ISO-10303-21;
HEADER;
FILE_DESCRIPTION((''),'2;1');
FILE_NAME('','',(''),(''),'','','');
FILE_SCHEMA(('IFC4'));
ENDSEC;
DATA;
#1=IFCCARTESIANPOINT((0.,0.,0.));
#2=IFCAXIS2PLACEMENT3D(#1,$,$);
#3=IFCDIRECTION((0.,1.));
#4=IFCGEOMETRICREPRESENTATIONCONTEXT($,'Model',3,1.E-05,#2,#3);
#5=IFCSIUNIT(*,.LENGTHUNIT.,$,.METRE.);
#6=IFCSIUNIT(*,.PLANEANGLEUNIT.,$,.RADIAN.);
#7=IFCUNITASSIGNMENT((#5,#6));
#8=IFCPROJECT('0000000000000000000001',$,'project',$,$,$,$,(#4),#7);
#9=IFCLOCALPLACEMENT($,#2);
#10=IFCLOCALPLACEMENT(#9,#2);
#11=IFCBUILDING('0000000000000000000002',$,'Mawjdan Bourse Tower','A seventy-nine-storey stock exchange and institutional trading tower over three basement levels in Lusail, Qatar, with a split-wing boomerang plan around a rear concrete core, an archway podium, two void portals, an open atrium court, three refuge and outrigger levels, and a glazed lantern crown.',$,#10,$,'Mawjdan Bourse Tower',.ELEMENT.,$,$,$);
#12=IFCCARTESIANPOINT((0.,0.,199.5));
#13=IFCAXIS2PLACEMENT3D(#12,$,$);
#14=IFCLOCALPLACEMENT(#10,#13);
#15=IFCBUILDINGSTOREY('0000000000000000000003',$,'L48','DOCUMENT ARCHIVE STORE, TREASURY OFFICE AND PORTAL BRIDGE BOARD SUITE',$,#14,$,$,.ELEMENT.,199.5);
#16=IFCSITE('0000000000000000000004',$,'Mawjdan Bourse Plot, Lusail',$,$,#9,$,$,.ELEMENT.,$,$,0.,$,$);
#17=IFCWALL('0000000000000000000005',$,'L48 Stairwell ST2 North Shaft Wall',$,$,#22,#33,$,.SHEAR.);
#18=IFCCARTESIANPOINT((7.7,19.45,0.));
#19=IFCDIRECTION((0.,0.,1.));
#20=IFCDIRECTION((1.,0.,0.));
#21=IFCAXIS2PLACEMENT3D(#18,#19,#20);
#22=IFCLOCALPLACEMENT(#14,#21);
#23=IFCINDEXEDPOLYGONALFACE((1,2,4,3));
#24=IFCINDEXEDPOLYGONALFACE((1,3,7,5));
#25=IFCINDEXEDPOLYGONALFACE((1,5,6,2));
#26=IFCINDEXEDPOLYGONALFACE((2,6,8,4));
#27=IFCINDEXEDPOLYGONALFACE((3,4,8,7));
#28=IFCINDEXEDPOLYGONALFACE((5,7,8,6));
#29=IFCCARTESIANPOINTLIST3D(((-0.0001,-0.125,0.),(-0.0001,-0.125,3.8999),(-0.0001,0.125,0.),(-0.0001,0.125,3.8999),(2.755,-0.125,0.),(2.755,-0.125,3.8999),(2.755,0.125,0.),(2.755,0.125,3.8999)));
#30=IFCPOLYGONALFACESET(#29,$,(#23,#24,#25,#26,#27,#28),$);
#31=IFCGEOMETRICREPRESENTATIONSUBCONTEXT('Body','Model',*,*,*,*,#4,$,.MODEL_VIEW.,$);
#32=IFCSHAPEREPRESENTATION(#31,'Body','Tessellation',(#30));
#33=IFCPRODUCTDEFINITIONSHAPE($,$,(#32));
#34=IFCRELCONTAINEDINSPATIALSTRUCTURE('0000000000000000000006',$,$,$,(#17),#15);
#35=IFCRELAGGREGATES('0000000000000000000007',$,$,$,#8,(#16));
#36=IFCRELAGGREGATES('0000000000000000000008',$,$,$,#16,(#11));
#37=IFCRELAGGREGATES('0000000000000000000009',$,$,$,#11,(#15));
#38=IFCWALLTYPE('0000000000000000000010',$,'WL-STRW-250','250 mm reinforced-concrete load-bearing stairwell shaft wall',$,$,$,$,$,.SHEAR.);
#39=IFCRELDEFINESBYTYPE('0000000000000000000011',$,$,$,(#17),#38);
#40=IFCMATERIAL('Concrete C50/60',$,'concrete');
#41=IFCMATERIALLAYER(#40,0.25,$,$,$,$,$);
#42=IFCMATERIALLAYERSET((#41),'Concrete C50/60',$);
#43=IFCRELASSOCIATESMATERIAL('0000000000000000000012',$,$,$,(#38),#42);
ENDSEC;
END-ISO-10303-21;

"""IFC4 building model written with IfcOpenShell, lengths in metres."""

from ifc_helpers import new_model, si_unit, direction, frame, frame_2d, origin, place, context, subcontext, project, spatial, rectangle, extrude, material, layer, layer_set, type_object, element, save


model = new_model("IFC4")

# Units and contexts
model_context = context("Model", 3, precision=1e-05, world=origin(), true_north=direction((0.0, 1.0)))
body_context = subcontext(model_context, "Body", "Model", "MODEL_VIEW")
ifc_project = project(units=[si_unit("LENGTHUNIT", "METRE"), si_unit("PLANEANGLEUNIT", "RADIAN")], contexts=[model_context])

# Site, building, storey
site_placement = place(None, origin())
site = spatial("IfcSite", under=ifc_project, at=site_placement, Name="Mawjdan Bourse Plot, Lusail", CompositionType="ELEMENT", RefElevation=0.0)
building_placement = place(site_placement, origin())
building = spatial("IfcBuilding", under=site, at=building_placement, Name="Mawjdan Bourse Tower", Description="A seventy-nine-storey stock exchange and institutional trading tower over three basement levels in Lusail, Qatar, with a split-wing boomerang plan around a rear concrete core, an archway podium, two void portals, an open atrium court, three refuge and outrigger levels, and a glazed lantern crown.", LongName="Mawjdan Bourse Tower", CompositionType="ELEMENT")
storey_placement = place(building_placement, frame((0.0, 0.0, 199.5)))
storey = spatial("IfcBuildingStorey", under=building, at=storey_placement, Name="L48", Description="DOCUMENT ARCHIVE STORE, TREASURY OFFICE AND PORTAL BRIDGE BOARD SUITE", CompositionType="ELEMENT", Elevation=199.5)

# Wall
ifc_material_1 = material(Name="Concrete C50/60", Category="concrete")
ifc_layer_1 = layer(ifc_material_1, 0.25)
ifc_layer_set_1 = layer_set([ifc_layer_1], Name="Concrete C50/60")
wall_type_1 = type_object("IfcWallType", Name="WL-STRW-250", Description="250 mm reinforced-concrete load-bearing stairwell shaft wall", PredefinedType="SHEAR", material=ifc_layer_set_1)
wall_1_placement = place(storey_placement, frame((7.7, 19.45, 0.0), z_axis=(0.0, 0.0, 1.0), x_axis=(1.0, 0.0, 0.0)))
element("IfcWall", 1, at=wall_1_placement, inside=storey, type_object=wall_type_1, Name="L48 Stairwell ST2 North Shaft Wall", PredefinedType="SHEAR", context=body_context, shape_type="SweptSolid", body=[
    extrude(rectangle(XDim=2.7551, YDim=0.25, at=frame_2d((1.3774, 0.0))), origin(), (0.0, 0.0, 1.0), 3.8999),
])

save(model, "model.ifc")
